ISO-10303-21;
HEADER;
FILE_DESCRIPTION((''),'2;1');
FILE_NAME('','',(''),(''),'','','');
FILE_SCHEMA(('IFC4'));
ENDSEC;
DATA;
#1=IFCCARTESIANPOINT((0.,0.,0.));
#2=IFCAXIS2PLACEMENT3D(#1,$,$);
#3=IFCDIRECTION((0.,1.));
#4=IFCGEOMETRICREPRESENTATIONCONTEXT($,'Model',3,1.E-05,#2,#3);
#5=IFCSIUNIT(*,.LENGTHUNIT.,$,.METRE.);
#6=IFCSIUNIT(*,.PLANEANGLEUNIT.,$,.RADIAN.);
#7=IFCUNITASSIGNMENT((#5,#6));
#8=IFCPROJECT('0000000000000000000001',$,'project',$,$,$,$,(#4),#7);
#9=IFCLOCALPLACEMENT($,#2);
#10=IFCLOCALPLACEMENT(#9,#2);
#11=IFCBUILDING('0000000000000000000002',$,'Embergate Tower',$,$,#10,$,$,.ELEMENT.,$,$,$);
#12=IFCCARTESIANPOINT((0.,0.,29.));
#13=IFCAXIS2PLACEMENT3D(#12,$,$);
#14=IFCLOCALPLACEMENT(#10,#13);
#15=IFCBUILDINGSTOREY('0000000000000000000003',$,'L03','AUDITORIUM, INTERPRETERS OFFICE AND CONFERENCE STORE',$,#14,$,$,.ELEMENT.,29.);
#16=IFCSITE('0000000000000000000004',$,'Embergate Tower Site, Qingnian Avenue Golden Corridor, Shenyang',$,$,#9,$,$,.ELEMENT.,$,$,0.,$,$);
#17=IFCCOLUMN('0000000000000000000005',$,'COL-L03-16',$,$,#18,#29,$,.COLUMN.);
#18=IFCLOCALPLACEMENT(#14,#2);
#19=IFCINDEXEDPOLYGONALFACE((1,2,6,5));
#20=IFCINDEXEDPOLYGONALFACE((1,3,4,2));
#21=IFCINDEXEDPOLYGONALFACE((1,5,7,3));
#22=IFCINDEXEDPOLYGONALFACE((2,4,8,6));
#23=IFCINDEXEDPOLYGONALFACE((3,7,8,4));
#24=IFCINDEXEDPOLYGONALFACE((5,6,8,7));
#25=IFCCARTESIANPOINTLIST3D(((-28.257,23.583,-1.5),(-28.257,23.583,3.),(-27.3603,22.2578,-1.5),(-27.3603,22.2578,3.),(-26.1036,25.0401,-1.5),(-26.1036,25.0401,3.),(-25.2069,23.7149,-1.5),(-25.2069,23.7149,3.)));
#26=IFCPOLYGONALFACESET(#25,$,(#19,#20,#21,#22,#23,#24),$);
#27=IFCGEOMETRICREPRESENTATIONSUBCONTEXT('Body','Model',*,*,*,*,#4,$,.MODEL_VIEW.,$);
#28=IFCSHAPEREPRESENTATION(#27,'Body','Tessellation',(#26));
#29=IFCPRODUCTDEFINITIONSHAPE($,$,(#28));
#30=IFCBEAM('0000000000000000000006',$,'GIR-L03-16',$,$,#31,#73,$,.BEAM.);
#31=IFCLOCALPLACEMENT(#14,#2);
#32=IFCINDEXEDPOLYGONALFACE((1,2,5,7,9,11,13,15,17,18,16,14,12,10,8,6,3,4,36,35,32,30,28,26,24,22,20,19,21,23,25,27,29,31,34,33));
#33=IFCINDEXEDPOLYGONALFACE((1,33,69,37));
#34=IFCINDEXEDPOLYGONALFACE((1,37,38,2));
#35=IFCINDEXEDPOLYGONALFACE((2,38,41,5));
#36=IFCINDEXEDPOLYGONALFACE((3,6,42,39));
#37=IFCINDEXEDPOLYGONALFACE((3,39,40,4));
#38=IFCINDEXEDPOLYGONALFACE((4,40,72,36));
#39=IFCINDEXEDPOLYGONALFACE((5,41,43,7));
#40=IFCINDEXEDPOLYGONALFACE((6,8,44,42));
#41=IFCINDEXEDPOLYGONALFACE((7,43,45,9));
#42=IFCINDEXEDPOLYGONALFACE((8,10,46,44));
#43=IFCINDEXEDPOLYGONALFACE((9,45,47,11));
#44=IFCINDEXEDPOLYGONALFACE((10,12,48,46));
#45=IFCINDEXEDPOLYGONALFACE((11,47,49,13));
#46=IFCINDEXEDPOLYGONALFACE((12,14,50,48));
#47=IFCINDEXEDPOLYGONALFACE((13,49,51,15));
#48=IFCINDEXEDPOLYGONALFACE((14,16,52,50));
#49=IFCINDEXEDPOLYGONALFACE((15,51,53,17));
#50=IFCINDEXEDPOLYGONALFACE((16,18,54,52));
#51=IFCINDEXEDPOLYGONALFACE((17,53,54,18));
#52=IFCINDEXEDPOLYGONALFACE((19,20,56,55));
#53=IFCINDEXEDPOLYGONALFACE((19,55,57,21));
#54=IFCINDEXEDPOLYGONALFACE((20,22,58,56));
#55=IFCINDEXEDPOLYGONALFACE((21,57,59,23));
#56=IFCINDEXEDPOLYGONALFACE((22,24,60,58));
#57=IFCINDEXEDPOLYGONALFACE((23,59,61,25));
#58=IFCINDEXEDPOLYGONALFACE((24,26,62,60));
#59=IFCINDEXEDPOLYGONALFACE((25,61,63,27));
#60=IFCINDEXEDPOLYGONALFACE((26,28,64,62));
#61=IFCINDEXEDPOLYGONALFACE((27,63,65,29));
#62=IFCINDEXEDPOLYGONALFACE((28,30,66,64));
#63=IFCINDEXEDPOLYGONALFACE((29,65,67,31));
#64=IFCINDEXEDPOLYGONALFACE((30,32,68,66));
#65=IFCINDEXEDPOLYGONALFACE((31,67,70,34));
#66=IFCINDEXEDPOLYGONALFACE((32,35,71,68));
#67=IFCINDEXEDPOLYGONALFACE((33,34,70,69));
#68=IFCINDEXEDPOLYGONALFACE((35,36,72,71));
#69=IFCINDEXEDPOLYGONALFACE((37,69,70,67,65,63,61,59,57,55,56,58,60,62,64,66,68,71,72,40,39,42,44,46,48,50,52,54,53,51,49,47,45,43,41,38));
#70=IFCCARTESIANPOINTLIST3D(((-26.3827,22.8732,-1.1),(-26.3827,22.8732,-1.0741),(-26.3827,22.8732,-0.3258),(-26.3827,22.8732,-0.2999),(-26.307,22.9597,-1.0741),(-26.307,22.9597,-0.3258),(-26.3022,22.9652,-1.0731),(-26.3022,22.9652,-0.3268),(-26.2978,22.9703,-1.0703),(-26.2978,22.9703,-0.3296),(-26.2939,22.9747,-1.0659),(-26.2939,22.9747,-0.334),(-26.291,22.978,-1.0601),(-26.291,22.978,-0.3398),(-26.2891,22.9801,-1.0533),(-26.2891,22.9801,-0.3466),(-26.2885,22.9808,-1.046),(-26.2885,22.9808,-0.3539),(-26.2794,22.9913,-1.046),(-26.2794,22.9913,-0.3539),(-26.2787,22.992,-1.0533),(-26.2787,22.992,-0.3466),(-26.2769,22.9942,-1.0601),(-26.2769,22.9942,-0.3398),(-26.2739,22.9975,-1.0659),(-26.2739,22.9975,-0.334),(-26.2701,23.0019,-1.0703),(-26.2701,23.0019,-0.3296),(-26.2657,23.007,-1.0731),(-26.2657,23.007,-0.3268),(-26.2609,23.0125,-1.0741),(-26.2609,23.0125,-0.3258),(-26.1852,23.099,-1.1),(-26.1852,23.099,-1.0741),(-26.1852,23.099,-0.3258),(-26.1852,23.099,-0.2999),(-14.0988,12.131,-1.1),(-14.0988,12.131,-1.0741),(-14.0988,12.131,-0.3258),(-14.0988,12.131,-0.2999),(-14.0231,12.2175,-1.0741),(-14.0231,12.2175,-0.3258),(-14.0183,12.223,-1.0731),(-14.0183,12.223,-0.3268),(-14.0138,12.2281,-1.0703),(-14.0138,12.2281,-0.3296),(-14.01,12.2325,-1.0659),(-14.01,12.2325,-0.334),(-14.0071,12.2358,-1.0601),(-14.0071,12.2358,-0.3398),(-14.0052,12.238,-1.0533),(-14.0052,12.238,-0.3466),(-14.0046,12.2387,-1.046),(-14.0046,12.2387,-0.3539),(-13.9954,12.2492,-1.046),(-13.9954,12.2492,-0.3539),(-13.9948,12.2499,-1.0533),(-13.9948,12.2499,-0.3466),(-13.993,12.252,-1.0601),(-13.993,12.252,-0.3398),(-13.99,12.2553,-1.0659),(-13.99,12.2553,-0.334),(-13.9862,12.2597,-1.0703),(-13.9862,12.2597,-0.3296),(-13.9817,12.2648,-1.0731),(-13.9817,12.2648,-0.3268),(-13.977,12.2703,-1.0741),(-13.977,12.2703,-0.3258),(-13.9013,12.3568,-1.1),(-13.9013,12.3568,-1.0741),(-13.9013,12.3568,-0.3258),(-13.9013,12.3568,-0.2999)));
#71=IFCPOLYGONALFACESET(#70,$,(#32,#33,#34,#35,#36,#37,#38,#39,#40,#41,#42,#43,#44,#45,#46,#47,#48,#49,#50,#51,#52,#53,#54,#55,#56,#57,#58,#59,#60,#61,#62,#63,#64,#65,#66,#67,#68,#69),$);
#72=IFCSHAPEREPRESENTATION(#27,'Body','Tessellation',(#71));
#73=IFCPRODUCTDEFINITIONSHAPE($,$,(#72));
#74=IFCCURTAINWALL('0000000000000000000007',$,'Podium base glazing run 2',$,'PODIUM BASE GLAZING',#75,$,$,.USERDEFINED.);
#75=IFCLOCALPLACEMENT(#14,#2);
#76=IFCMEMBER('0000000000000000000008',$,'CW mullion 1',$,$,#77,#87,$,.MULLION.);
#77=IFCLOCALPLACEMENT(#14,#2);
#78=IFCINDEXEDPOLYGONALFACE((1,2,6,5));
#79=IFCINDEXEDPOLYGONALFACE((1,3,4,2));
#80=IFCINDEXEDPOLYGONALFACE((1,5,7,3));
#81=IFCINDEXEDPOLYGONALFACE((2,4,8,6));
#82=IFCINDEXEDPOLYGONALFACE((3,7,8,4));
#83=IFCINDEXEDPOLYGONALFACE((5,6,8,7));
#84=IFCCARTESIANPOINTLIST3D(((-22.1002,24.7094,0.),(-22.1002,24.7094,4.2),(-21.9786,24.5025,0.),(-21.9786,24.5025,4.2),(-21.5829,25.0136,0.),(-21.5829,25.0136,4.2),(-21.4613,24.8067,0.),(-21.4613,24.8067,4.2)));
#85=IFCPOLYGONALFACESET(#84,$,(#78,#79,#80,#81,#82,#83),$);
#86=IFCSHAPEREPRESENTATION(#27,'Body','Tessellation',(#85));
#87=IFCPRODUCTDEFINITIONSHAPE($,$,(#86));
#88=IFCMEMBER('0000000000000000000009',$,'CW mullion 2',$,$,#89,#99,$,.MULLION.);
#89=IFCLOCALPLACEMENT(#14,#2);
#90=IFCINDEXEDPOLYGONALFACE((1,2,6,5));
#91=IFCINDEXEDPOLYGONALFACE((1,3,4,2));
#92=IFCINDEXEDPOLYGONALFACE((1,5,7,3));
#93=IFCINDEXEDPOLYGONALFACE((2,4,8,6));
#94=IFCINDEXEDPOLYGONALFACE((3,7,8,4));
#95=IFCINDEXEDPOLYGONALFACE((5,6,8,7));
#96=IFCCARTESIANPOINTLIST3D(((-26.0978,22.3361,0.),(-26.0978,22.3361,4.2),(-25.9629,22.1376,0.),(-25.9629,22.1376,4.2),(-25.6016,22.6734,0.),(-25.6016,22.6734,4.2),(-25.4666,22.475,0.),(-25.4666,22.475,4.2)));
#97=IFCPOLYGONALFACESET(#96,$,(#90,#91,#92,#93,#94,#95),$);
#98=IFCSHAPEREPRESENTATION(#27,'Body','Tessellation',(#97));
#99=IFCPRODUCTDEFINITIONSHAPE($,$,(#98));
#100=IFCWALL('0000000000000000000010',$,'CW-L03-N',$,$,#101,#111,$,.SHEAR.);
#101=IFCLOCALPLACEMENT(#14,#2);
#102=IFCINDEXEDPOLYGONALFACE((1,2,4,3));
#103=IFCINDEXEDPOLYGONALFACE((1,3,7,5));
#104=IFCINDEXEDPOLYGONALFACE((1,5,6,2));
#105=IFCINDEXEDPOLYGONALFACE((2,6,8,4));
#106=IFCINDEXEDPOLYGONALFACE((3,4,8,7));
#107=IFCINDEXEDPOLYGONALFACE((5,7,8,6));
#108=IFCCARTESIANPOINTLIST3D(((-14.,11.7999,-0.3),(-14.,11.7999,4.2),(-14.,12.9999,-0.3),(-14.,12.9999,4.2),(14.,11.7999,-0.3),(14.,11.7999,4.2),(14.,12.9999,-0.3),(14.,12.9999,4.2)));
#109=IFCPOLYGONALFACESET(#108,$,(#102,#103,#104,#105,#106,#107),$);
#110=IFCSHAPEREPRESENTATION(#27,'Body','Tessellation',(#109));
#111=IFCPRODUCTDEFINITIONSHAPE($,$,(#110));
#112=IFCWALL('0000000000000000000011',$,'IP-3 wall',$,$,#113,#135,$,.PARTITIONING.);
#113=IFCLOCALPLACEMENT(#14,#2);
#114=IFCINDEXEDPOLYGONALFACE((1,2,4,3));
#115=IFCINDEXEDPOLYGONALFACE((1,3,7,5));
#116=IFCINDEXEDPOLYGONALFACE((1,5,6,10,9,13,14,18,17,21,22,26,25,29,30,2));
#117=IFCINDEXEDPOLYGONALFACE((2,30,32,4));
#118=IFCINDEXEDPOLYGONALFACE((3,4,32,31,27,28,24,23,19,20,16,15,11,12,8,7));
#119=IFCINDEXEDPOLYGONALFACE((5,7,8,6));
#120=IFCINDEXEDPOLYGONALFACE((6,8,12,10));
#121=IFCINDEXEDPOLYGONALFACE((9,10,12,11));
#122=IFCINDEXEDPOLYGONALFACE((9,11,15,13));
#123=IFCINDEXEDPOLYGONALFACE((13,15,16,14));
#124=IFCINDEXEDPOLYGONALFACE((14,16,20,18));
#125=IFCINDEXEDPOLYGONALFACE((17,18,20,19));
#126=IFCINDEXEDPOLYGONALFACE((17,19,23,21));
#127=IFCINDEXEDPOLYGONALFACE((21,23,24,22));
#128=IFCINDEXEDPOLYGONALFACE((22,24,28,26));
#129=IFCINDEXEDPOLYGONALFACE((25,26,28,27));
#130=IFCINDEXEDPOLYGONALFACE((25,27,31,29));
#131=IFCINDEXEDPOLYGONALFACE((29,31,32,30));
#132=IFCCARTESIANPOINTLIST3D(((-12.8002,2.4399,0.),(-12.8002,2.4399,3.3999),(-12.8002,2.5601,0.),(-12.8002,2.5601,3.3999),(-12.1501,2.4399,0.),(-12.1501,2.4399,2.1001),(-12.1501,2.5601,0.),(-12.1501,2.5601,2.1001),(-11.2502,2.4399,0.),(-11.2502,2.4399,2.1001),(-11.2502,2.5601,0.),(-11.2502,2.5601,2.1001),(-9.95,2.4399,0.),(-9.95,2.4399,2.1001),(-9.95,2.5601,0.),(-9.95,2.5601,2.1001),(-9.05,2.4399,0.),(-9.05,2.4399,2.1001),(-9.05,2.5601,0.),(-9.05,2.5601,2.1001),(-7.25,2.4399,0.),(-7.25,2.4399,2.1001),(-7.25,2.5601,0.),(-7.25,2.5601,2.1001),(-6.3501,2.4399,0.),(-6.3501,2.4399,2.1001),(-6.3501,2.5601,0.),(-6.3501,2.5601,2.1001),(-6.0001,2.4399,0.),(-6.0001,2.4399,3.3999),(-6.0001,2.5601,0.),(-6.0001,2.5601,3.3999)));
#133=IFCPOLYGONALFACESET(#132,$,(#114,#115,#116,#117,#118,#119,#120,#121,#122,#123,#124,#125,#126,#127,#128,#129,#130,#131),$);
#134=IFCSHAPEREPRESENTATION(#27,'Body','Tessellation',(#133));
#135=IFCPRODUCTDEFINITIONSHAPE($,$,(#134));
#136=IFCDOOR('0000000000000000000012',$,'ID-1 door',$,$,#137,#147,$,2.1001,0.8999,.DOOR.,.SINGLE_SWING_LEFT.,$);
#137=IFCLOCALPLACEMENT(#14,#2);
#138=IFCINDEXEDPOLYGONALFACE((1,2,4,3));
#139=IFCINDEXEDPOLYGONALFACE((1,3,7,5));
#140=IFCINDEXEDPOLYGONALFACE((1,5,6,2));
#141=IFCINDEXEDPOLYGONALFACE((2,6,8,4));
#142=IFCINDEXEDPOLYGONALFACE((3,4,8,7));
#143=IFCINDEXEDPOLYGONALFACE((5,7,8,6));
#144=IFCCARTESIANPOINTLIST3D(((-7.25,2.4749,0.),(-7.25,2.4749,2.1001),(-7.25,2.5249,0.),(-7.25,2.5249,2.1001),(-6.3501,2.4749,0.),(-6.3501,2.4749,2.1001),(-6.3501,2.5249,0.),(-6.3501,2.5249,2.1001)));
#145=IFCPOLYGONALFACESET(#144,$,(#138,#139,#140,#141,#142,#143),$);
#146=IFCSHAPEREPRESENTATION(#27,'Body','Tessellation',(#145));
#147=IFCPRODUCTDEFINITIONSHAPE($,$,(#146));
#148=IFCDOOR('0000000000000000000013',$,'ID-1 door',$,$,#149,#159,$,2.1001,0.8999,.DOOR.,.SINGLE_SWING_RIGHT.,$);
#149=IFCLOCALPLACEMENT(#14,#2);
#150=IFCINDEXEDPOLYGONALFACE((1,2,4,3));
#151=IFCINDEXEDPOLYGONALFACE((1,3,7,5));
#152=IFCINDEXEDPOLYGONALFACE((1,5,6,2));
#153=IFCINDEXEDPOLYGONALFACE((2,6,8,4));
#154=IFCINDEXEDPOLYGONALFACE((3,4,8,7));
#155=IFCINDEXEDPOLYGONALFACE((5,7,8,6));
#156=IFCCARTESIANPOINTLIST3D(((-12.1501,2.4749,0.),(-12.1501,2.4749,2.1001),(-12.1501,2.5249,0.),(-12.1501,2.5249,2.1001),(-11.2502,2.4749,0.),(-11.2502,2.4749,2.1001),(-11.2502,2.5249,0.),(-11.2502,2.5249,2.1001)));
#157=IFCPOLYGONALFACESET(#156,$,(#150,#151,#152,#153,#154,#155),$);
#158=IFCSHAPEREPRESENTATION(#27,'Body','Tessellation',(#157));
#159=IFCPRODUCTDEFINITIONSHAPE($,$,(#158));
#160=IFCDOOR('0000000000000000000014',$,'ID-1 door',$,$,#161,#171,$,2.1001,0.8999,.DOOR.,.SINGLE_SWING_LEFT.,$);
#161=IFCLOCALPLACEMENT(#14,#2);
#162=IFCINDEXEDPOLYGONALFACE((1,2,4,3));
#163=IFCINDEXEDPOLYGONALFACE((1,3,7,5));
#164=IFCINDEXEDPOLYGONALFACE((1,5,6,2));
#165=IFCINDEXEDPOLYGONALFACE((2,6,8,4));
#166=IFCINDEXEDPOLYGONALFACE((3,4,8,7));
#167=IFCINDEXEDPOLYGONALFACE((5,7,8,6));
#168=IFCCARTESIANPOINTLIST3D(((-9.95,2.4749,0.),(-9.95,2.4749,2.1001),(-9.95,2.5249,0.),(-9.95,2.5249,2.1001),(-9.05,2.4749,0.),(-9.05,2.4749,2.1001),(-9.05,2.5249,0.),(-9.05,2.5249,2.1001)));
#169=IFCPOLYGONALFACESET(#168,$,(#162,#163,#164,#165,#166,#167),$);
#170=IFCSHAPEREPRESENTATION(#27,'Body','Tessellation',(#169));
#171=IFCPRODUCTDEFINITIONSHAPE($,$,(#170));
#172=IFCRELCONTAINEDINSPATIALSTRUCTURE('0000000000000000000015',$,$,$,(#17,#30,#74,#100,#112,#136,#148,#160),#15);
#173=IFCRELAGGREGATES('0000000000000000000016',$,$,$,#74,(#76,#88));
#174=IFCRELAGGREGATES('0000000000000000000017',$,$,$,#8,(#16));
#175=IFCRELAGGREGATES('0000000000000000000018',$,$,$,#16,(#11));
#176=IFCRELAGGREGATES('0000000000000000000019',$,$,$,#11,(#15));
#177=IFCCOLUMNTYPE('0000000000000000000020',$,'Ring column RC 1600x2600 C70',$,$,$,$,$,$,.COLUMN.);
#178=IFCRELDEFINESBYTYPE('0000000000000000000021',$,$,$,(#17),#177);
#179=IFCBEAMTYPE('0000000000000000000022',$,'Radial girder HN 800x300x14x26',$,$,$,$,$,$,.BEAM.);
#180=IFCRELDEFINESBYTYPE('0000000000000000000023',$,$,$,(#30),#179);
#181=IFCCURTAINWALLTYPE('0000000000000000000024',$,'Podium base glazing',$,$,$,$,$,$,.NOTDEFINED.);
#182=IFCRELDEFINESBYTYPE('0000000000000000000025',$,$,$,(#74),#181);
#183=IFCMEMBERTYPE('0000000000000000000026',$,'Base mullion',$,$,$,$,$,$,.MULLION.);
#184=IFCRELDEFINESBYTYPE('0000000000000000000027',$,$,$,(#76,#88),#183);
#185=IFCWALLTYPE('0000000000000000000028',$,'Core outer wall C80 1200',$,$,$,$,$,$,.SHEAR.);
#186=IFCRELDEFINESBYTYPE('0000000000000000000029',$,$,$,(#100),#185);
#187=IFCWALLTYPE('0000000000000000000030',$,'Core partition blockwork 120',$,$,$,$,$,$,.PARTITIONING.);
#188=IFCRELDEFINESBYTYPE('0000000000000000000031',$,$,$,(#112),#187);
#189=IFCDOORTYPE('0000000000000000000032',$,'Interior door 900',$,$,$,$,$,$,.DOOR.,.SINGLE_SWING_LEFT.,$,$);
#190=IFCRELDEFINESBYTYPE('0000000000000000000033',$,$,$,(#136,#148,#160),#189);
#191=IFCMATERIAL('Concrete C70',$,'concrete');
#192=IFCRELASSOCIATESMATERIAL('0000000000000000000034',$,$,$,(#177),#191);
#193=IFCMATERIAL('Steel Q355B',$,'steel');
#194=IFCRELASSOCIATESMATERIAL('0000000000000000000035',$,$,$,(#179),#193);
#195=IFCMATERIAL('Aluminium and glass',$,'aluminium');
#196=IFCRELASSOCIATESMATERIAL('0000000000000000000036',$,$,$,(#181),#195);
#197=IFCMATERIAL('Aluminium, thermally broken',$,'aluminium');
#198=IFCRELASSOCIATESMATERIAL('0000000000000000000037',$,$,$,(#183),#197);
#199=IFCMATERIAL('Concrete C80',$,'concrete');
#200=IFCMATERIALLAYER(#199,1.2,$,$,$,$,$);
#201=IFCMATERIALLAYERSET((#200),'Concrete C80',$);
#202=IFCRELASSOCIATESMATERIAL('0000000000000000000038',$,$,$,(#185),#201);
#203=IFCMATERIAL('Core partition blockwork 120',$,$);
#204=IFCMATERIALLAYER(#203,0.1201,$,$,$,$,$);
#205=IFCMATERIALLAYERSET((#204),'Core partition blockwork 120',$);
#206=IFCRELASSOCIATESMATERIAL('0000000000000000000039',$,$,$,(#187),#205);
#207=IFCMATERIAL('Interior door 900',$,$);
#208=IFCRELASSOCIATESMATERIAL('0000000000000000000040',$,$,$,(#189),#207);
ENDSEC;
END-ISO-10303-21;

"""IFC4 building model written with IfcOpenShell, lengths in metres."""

from ifc_helpers import new_model, si_unit, direction, frame, frame_2d, origin, origin_2d, place, context, subcontext, project, spatial, rectangle, i_section, extrude, source, transform, mapped, material, layer, layer_set, material_profile, profile_set, type_object, element, fill, aggregate, save


model = new_model("IFC4")

# Units and contexts
model_context = context("Model", 3, precision=1e-05, world=origin(), true_north=direction((0.0, 1.0)))
body_context = subcontext(model_context, "Body", "Model", "MODEL_VIEW")
ifc_project = project(units=[si_unit("LENGTHUNIT", "METRE"), si_unit("PLANEANGLEUNIT", "RADIAN")], contexts=[model_context])

# Site, building, storey
site_placement = place(None, origin())
site = spatial("IfcSite", under=ifc_project, at=site_placement, Name="Embergate Tower Site, Qingnian Avenue Golden Corridor, Shenyang", CompositionType="ELEMENT", RefElevation=0.0)
building_placement = place(site_placement, origin())
building = spatial("IfcBuilding", under=site, at=building_placement, Name="Embergate Tower", CompositionType="ELEMENT")
storey_placement = place(building_placement, frame((0.0, 0.0, 29.0)))
storey = spatial("IfcBuildingStorey", under=building, at=storey_placement, Name="L03", Description="AUDITORIUM, INTERPRETERS OFFICE AND CONFERENCE STORE", CompositionType="ELEMENT", Elevation=29.0)

# Column
ifc_material_1 = material(Name="Concrete C70", Category="concrete")
ifc_material_profile_1 = material_profile(ifc_material_1, rectangle(XDim=1.6001, YDim=2.6001, at=origin_2d()), Name="RC 1600x2600")
ifc_profile_set_1 = profile_set([ifc_material_profile_1], Name="Concrete C70")
column_type = type_object("IfcColumnType", Name="Ring column RC 1600x2600 C70", PredefinedType="COLUMN", material=ifc_profile_set_1)
shared_shape_1 = source(origin(), body_context, "Body", "SweptSolid", [
    extrude(rectangle(XDim=1.6001, YDim=2.6001, at=origin_2d()), origin(), (0.0, 0.0, 1.0), 4.5),
])
column_placement = place(storey_placement, frame((-26.7319, 23.6489, -1.5), z_axis=(0.0, 0.0, 1.0), x_axis=(-0.560408, 0.828217, 0.0)))
element("IfcColumn", 1, at=column_placement, inside=storey, type_object=column_type, Name="COL-L03-16", PredefinedType="COLUMN", context=body_context, shape_type="MappedRepresentation", body=[
    mapped(shared_shape_1, transform((0.0, 0.0, 0.0))),
])

# Beam
ifc_material_2 = material(Name="Steel Q355B", Category="steel")
ifc_material_profile_2 = material_profile(ifc_material_2, i_section(OverallWidth=0.3, OverallDepth=0.8, WebThickness=0.0139, FlangeThickness=0.0259, FilletRadius=0.0281, at=origin_2d()), Name="HN 800x300x14x26")
ifc_profile_set_2 = profile_set([ifc_material_profile_2], Name="Steel Q355 grade B")
beam_type = type_object("IfcBeamType", Name="Radial girder HN 800x300x14x26", PredefinedType="BEAM", material=ifc_profile_set_2)
shared_shape_2 = source(origin(), body_context, "Body", "SweptSolid", [
    extrude(i_section(OverallWidth=0.3, OverallDepth=0.8, WebThickness=0.0139, FlangeThickness=0.0259, FilletRadius=0.0281, at=origin_2d()), origin(), (0.0, 0.0, 1.0), 16.3184),
])
beam_placement = place(storey_placement, frame((-26.2839, 22.9861, -0.7), z_axis=(0.752767, -0.658287, 0.0), x_axis=(0.658287, 0.752767, 0.0)))
element("IfcBeam", 2, at=beam_placement, inside=storey, type_object=beam_type, Name="GIR-L03-16", PredefinedType="BEAM", context=body_context, shape_type="MappedRepresentation", body=[
    mapped(shared_shape_2, transform((0.0, 0.0, 0.0))),
])

# Curtain wall, members
ifc_material_3 = material(Name="Aluminium and glass", Category="aluminium")
curtain_wall_type = type_object("IfcCurtainWallType", Name="Podium base glazing", PredefinedType="NOTDEFINED", material=ifc_material_3)
curtain_wall_placement = place(storey_placement, origin())
curtain_wall = element("IfcCurtainWall", 3, at=curtain_wall_placement, inside=storey, type_object=curtain_wall_type, Name="Podium base glazing run 2", ObjectType="PODIUM BASE GLAZING", PredefinedType="USERDEFINED")
ifc_material_4 = material(Name="Aluminium, thermally broken", Category="aluminium")
ifc_material_profile_3 = material_profile(ifc_material_4, rectangle(XDim=0.24, YDim=0.6001, at=origin_2d()), Name="AL 600x240")
ifc_profile_set_3 = profile_set([ifc_material_profile_3], Name="Aluminium, thermally broken")
member_type = type_object("IfcMemberType", Name="Base mullion", PredefinedType="MULLION", material=ifc_profile_set_3)
shared_shape_3 = source(origin(), body_context, "Body", "SweptSolid", [
    extrude(rectangle(XDim=0.24, YDim=0.6001, at=origin_2d()), origin(), (0.0, 0.0, 1.0), 4.2),
])
member_1_placement = place(storey_placement, frame((-21.7808, 24.7581, 0.0), z_axis=(0.0, 0.0, 1.0), x_axis=(0.506828, -0.862047, 0.0)))
member_1 = element("IfcMember", 4, at=member_1_placement, type_object=member_type, Name="CW mullion 1", PredefinedType="MULLION", context=body_context, shape_type="MappedRepresentation", body=[
    mapped(shared_shape_3, transform((0.0, 0.0, 0.0))),
])
member_2_placement = place(storey_placement, frame((-25.7822, 22.4055, 0.0), z_axis=(0.0, 0.0, 1.0), x_axis=(0.562226, -0.826983, 0.0)))
member_2 = element("IfcMember", 5, at=member_2_placement, type_object=member_type, Name="CW mullion 2", PredefinedType="MULLION", context=body_context, shape_type="MappedRepresentation", body=[
    mapped(shared_shape_3, transform((0.0, 0.0, 0.0))),
])
aggregate(curtain_wall, [member_1, member_2])

# Wall
ifc_material_5 = material(Name="Concrete C80", Category="concrete")
ifc_layer_1 = layer(ifc_material_5, 1.2)
ifc_layer_set_1 = layer_set([ifc_layer_1], Name="Concrete C80")
wall_type_1 = type_object("IfcWallType", Name="Core outer wall C80 1200", PredefinedType="SHEAR", material=ifc_layer_set_1)
shared_shape_4 = source(origin(), body_context, "Body", "SweptSolid", [
    extrude(rectangle(XDim=28.0, YDim=1.2, at=frame_2d((14.0, 0.0))), origin(), (0.0, 0.0, 1.0), 4.5),
])
wall_1_placement = place(storey_placement, frame((-14.0, 12.3999, -0.3), z_axis=(0.0, 0.0, 1.0), x_axis=(1.0, 0.0, 0.0)))
element("IfcWall", 6, at=wall_1_placement, inside=storey, type_object=wall_type_1, Name="CW-L03-N", PredefinedType="SHEAR", context=body_context, shape_type="MappedRepresentation", body=[
    mapped(shared_shape_4, transform((0.0, 0.0, 0.0))),
])

# Wall, openings, doors
ifc_material_6 = material(Name="Core partition blockwork 120")
ifc_layer_2 = layer(ifc_material_6, 0.1201)
ifc_layer_set_2 = layer_set([ifc_layer_2], Name="Core partition blockwork 120")
wall_type_2 = type_object("IfcWallType", Name="Core partition blockwork 120", PredefinedType="PARTITIONING", material=ifc_layer_set_2)
shared_shape_5 = source(origin(), body_context, "Body", "SweptSolid", [
    extrude(rectangle(XDim=6.8, YDim=0.1201, at=frame_2d((3.3999, 0.0))), origin(), (0.0, 0.0, 1.0), 3.3999),
])
wall_2_placement = place(storey_placement, frame((-12.8, 2.5, 0.0), z_axis=(0.0, 0.0, 1.0), x_axis=(1.0, 0.0, 0.0)))
wall_2 = element("IfcWall", 7, at=wall_2_placement, inside=storey, type_object=wall_type_2, Name="IP-3 wall", PredefinedType="PARTITIONING", context=body_context, shape_type="MappedRepresentation", body=[
    mapped(shared_shape_5, transform((0.0, 0.0, 0.0))),
])
shared_shape_6 = source(origin(), body_context, "Body", "SweptSolid", [
    extrude(rectangle(XDim=0.8999, YDim=2.1001, at=frame_2d((0.45, 1.05))), frame((0.0, 0.0701, 0.0), z_axis=(0.0, -1.0, 0.0), x_axis=(1.0, 0.0, 0.0)), (0.0, 0.0, 1.0), 0.1401),
])
opening_1_placement = place(wall_2_placement, frame((5.55, 0.0, 0.0)))
opening_1 = element("IfcOpeningElement", 8, at=opening_1_placement, cuts=wall_2, PredefinedType="OPENING", context=body_context, shape_type="MappedRepresentation", body=[
    mapped(shared_shape_6, transform((0.0, 0.0, 0.0))),
])
opening_2_placement = place(wall_2_placement, frame((0.6499, 0.0, 0.0)))
opening_2 = element("IfcOpeningElement", 9, at=opening_2_placement, cuts=wall_2, PredefinedType="OPENING", context=body_context, shape_type="MappedRepresentation", body=[
    mapped(shared_shape_6, transform((0.0, 0.0, 0.0))),
])
opening_3_placement = place(wall_2_placement, frame((2.8501, 0.0, 0.0)))
opening_3 = element("IfcOpeningElement", 10, at=opening_3_placement, cuts=wall_2, PredefinedType="OPENING", context=body_context, shape_type="MappedRepresentation", body=[
    mapped(shared_shape_6, transform((0.0, 0.0, 0.0))),
])
ifc_material_7 = material(Name="Interior door 900")
door_type_1 = type_object("IfcDoorType", Name="Interior door 900", OperationType="SINGLE_SWING_LEFT", PredefinedType="DOOR", material=ifc_material_7)
shared_shape_7 = source(origin(), body_context, "Body", "SweptSolid", [
    extrude(rectangle(XDim=0.8999, YDim=2.1001, at=frame_2d((0.45, 1.05))), frame((0.0, 0.0249, 0.0), z_axis=(0.0, -1.0, 0.0), x_axis=(1.0, 0.0, 0.0)), (0.0, 0.0, 1.0), 0.05),
])
door_1_placement = place(opening_1_placement, origin())
door_1 = element("IfcDoor", 11, at=door_1_placement, inside=storey, type_object=door_type_1, Name="ID-1 door", OperationType="SINGLE_SWING_LEFT", OverallHeight=2.1001, OverallWidth=0.8999, PredefinedType="DOOR", context=body_context, shape_type="MappedRepresentation", body=[
    mapped(shared_shape_7, transform((0.0, 0.0, 0.0))),
])
fill(opening_1, door_1)
door_2_placement = place(opening_2_placement, origin())
door_2 = element("IfcDoor", 12, at=door_2_placement, inside=storey, type_object=door_type_1, Name="ID-1 door", OperationType="SINGLE_SWING_RIGHT", OverallHeight=2.1001, OverallWidth=0.8999, PredefinedType="DOOR", context=body_context, shape_type="MappedRepresentation", body=[
    mapped(shared_shape_7, transform((0.0, 0.0, 0.0))),
])
fill(opening_2, door_2)
door_3_placement = place(opening_3_placement, origin())
door_3 = element("IfcDoor", 13, at=door_3_placement, inside=storey, type_object=door_type_1, Name="ID-1 door", OperationType="SINGLE_SWING_LEFT", OverallHeight=2.1001, OverallWidth=0.8999, PredefinedType="DOOR", context=body_context, shape_type="MappedRepresentation", body=[
    mapped(shared_shape_7, transform((0.0, 0.0, 0.0))),
])
fill(opening_3, door_3)

save(model, "model.ifc")
